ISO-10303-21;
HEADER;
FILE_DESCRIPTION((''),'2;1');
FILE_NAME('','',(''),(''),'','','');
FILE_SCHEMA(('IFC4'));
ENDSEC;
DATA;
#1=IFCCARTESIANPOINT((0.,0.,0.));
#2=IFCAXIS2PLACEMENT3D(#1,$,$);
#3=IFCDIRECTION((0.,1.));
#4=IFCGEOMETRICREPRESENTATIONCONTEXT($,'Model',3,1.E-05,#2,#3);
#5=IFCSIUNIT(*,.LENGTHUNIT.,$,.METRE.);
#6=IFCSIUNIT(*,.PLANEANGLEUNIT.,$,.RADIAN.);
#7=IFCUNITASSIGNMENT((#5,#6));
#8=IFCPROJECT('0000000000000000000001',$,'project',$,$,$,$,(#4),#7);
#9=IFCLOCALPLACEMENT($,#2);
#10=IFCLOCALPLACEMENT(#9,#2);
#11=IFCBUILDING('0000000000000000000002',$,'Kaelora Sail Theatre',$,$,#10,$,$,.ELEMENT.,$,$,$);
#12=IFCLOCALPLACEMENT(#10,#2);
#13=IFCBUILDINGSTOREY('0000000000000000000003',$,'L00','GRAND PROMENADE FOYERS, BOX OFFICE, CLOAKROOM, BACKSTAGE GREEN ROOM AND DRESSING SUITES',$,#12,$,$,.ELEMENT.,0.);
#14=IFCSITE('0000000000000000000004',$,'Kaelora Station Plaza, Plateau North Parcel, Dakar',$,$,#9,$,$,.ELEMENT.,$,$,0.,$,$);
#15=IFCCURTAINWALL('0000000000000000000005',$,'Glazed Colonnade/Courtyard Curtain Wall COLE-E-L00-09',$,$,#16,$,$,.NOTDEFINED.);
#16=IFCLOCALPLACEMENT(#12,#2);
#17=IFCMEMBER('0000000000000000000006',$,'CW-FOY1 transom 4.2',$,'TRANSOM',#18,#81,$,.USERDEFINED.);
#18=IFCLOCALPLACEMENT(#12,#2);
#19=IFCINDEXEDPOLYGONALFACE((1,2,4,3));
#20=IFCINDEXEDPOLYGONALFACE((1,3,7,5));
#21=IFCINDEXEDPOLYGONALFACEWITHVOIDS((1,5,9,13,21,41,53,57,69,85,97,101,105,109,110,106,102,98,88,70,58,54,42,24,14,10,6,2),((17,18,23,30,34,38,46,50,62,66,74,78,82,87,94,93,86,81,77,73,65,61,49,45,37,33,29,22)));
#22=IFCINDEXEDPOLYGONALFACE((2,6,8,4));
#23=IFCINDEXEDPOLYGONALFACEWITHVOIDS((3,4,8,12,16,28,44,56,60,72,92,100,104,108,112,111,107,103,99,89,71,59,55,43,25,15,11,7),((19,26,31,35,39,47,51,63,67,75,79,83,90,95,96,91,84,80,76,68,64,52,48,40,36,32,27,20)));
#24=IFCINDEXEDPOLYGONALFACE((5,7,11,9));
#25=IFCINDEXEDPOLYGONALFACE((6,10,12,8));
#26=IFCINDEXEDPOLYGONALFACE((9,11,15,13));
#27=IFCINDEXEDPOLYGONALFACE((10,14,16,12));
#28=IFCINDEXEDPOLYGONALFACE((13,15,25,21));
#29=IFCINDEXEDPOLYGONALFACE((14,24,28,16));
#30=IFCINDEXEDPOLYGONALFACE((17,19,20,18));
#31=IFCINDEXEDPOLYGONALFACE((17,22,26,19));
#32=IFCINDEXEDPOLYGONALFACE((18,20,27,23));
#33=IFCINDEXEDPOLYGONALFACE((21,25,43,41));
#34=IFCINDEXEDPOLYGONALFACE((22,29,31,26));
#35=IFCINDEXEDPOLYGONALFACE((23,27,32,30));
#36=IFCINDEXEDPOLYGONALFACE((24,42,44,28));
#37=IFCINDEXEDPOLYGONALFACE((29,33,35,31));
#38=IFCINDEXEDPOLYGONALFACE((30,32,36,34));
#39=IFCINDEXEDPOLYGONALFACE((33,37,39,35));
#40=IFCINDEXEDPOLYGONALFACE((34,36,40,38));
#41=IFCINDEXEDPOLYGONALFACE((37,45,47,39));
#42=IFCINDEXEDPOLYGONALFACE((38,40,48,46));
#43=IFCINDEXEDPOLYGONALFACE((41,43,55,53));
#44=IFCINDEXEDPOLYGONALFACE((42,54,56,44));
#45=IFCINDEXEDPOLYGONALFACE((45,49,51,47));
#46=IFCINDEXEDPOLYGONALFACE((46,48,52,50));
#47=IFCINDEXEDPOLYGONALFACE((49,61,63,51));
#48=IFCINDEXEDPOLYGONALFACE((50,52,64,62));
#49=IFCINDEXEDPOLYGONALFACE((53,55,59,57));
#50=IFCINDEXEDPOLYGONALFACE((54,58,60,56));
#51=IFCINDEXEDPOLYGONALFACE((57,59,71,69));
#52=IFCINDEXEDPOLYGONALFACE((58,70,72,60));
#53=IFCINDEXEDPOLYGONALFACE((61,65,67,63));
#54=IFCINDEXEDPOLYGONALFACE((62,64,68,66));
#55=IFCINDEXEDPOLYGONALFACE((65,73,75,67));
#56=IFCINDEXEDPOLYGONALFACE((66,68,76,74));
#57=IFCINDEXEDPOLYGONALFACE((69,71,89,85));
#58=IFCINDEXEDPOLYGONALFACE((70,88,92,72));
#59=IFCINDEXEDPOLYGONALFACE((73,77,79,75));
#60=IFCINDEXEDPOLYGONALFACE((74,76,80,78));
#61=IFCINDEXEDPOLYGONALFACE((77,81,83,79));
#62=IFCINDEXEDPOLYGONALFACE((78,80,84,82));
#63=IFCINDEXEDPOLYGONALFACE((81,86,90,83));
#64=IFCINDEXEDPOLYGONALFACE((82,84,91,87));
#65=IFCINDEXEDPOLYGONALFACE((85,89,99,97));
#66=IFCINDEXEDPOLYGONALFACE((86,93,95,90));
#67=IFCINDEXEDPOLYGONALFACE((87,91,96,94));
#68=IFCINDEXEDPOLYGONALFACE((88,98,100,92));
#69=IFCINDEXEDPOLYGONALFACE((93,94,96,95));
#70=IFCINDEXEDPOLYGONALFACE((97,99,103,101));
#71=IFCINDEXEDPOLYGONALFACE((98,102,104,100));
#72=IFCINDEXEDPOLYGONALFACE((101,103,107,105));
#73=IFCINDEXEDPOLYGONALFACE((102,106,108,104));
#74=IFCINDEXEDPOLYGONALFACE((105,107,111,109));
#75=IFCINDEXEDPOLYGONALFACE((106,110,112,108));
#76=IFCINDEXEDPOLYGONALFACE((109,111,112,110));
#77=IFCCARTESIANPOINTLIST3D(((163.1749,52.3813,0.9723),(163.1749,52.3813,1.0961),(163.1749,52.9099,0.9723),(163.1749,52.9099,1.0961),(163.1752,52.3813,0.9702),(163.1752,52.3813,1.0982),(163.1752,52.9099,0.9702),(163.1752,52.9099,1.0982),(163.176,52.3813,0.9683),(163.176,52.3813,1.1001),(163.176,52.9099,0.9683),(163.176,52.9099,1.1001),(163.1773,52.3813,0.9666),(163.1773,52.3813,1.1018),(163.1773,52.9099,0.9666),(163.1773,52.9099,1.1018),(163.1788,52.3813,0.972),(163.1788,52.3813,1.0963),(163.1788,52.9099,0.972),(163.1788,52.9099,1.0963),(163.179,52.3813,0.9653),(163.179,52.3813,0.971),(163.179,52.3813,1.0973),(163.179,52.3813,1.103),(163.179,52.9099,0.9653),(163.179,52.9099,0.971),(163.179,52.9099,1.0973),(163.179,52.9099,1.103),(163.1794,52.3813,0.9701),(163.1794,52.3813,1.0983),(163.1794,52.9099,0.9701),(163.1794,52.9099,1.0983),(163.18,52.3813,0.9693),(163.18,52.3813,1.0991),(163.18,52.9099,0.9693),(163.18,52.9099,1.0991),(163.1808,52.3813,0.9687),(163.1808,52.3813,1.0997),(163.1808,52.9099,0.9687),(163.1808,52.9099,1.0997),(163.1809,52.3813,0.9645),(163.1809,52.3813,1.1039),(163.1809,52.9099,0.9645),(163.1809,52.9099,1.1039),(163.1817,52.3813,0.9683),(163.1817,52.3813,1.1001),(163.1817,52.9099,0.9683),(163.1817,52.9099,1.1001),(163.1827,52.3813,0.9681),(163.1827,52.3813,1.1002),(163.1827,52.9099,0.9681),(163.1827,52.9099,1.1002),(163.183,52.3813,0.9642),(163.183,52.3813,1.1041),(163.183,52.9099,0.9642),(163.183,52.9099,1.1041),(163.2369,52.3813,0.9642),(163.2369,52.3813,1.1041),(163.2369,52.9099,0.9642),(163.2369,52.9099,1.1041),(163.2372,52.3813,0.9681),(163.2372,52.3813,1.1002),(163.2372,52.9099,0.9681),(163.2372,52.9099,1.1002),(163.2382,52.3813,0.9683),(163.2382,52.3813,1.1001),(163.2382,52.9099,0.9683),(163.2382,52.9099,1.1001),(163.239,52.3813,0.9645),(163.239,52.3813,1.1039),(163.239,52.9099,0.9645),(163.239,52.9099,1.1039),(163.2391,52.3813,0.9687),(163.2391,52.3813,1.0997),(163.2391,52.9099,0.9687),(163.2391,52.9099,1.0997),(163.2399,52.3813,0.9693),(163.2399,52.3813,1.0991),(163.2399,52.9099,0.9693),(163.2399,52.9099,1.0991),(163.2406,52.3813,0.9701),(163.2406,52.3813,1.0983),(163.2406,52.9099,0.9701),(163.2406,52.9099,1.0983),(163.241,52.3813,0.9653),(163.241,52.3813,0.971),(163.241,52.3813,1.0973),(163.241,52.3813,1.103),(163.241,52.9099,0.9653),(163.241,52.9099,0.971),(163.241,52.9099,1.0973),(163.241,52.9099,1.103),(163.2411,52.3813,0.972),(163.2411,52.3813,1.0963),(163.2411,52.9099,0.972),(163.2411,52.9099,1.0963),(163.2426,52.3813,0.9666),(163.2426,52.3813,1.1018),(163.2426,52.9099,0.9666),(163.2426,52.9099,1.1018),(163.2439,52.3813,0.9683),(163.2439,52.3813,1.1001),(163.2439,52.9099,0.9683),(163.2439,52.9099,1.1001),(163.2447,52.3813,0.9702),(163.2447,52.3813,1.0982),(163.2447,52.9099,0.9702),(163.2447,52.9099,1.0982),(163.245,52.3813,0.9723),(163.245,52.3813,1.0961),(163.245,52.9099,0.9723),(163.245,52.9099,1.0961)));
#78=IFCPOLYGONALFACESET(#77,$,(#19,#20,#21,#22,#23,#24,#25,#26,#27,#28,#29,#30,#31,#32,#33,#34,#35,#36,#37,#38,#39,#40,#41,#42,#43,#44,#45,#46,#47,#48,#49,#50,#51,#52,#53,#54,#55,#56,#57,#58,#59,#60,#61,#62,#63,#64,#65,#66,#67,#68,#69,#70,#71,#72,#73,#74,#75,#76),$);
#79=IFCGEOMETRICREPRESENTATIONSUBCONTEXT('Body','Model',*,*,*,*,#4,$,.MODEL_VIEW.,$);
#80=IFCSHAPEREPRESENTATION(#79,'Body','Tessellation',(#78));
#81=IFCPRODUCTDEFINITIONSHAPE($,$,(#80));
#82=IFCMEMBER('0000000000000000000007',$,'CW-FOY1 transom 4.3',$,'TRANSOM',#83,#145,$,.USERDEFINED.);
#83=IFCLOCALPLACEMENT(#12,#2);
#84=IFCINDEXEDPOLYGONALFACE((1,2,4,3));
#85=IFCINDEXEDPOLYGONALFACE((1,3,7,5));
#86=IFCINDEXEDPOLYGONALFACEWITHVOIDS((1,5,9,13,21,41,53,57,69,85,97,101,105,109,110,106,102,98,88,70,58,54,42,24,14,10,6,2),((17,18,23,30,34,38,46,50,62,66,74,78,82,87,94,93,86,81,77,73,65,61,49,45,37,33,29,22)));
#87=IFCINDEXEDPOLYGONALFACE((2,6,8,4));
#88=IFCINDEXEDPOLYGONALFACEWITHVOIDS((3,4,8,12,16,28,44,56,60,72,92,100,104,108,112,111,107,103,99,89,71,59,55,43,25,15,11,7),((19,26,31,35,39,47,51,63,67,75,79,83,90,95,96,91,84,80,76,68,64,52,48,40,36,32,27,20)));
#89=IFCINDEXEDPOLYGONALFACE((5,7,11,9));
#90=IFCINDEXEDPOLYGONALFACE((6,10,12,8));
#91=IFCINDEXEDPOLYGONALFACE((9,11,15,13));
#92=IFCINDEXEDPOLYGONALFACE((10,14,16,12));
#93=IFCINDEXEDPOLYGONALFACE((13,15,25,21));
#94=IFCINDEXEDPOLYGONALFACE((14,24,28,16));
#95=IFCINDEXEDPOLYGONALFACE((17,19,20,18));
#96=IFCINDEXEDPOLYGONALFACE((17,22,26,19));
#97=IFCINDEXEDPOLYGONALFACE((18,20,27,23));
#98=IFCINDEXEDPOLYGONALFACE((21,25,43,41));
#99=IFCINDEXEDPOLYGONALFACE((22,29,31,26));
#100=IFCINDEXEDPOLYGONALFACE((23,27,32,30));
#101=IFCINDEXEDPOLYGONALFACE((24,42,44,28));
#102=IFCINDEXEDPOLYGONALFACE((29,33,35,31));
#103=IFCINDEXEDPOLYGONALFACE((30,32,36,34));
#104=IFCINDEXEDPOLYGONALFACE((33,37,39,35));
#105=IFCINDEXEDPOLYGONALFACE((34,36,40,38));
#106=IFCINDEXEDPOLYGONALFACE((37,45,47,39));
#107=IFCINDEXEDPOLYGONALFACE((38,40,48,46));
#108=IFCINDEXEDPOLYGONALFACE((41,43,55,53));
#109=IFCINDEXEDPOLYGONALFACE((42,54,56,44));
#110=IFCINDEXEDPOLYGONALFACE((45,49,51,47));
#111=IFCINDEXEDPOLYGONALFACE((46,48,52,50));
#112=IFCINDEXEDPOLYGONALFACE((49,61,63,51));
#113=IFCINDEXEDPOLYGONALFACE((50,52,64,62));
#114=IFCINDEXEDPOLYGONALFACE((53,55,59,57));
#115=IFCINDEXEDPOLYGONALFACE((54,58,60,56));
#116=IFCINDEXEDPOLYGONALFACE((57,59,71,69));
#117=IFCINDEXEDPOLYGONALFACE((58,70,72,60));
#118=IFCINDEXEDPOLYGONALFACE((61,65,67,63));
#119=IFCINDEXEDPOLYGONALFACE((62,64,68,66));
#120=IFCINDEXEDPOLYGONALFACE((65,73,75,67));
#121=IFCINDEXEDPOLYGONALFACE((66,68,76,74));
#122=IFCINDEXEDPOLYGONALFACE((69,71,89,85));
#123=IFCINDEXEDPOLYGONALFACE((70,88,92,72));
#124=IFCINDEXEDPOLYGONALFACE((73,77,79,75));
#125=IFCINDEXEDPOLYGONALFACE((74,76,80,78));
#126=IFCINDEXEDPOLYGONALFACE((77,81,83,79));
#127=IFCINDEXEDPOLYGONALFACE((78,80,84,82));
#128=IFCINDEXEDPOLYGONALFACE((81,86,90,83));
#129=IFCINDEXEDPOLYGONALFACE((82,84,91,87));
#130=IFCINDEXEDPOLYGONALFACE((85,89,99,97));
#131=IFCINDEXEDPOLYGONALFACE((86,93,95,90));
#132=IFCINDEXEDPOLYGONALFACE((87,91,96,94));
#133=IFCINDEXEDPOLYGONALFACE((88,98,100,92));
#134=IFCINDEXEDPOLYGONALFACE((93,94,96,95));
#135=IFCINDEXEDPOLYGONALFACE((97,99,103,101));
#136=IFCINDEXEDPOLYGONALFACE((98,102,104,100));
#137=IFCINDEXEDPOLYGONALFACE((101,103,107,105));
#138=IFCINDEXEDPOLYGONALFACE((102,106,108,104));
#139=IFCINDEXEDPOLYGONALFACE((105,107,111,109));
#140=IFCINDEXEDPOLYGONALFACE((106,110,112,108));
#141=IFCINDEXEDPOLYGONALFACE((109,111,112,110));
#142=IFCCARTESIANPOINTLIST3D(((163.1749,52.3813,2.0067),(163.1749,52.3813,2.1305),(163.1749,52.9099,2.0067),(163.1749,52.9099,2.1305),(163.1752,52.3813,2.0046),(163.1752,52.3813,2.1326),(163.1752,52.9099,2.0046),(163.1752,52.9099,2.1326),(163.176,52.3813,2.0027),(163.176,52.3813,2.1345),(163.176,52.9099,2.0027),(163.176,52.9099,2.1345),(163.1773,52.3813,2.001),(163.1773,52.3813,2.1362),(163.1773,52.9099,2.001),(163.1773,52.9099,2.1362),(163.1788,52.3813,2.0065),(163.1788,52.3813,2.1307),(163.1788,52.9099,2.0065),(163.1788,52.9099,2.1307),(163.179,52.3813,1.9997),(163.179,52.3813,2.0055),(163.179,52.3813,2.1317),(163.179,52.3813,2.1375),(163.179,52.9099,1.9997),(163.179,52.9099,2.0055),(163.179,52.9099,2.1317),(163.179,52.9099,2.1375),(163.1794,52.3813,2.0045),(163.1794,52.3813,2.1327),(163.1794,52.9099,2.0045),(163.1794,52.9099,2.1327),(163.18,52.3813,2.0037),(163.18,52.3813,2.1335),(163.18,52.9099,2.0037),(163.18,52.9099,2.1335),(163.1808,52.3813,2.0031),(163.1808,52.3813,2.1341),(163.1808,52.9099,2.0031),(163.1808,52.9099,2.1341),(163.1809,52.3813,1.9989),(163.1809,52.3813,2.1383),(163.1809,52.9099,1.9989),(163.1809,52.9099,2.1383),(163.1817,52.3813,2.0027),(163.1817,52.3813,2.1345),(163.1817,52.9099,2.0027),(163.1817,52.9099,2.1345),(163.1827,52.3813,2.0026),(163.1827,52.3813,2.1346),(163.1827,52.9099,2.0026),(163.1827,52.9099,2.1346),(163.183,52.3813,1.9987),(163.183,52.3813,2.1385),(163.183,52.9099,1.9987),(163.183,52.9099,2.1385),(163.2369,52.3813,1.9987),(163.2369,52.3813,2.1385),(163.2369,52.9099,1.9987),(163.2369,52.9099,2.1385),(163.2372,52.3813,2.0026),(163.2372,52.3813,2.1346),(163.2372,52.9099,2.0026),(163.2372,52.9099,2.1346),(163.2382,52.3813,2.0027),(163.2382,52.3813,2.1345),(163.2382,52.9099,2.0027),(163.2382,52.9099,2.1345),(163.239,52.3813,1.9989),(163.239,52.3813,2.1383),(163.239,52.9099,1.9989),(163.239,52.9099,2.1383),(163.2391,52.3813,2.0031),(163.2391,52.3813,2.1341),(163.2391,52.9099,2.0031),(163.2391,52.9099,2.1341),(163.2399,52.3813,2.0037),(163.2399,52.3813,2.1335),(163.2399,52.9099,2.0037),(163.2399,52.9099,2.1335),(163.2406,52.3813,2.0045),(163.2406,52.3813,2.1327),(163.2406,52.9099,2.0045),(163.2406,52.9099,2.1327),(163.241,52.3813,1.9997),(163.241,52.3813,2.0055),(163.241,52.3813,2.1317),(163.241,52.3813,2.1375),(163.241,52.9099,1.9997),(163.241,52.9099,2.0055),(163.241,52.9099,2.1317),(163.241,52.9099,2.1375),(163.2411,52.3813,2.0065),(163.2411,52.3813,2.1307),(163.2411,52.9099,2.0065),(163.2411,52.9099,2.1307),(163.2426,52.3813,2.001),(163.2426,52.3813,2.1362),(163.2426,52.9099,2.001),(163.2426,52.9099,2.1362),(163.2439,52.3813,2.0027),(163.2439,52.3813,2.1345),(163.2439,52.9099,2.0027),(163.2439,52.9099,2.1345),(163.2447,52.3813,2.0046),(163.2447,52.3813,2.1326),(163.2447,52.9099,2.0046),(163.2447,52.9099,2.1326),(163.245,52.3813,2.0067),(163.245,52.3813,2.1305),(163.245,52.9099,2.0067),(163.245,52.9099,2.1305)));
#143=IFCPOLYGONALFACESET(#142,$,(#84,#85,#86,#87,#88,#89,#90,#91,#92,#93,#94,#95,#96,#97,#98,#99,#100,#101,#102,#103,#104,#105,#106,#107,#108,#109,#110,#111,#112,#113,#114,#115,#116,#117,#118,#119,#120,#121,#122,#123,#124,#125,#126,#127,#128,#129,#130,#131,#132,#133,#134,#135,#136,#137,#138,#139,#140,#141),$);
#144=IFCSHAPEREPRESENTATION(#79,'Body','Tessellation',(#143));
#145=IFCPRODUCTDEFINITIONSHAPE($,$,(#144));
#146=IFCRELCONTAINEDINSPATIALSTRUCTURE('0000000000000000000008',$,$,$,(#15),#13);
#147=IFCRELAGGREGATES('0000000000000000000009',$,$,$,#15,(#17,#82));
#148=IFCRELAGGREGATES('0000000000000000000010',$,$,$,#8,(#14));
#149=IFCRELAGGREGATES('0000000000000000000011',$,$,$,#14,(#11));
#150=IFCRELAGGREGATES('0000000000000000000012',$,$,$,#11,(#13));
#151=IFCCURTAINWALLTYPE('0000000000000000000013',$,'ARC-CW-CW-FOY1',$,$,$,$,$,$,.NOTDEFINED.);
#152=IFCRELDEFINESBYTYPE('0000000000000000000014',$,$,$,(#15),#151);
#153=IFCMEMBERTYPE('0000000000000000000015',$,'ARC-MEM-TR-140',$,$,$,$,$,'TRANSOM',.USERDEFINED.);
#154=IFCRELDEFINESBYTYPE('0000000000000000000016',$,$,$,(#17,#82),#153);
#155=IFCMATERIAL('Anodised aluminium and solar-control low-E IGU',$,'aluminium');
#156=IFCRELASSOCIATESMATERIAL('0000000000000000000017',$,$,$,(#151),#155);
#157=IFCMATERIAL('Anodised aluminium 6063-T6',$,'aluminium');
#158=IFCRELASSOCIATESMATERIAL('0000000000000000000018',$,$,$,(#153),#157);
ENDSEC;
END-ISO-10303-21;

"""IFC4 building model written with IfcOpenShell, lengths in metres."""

from ifc_helpers import new_model, si_unit, direction, frame, origin, origin_2d, place, context, subcontext, project, spatial, hollow_rectangle, extrude, material, material_profile, profile_set, type_object, element, aggregate, save


model = new_model("IFC4")

# Units and contexts
model_context = context("Model", 3, precision=1e-05, world=origin(), true_north=direction((0.0, 1.0)))
body_context = subcontext(model_context, "Body", "Model", "MODEL_VIEW")
ifc_project = project(units=[si_unit("LENGTHUNIT", "METRE"), si_unit("PLANEANGLEUNIT", "RADIAN")], contexts=[model_context])

# Site, building, storey
site_placement = place(None, origin())
site = spatial("IfcSite", under=ifc_project, at=site_placement, Name="Kaelora Station Plaza, Plateau North Parcel, Dakar", CompositionType="ELEMENT", RefElevation=0.0)
building_placement = place(site_placement, origin())
building = spatial("IfcBuilding", under=site, at=building_placement, Name="Kaelora Sail Theatre", CompositionType="ELEMENT")
storey_placement = place(building_placement, origin())
storey = spatial("IfcBuildingStorey", under=building, at=storey_placement, Name="L00", Description="GRAND PROMENADE FOYERS, BOX OFFICE, CLOAKROOM, BACKSTAGE GREEN ROOM AND DRESSING SUITES", CompositionType="ELEMENT", Elevation=0.0)

# Curtain wall, members
ifc_material_1 = material(Name="Anodised aluminium and solar-control low-E IGU", Category="aluminium")
curtain_wall_type = type_object("IfcCurtainWallType", Name="ARC-CW-CW-FOY1", PredefinedType="NOTDEFINED", material=ifc_material_1)
curtain_wall_placement = place(storey_placement, origin())
curtain_wall = element("IfcCurtainWall", 1, at=curtain_wall_placement, inside=storey, type_object=curtain_wall_type, Name="Glazed Colonnade/Courtyard Curtain Wall COLE-E-L00-09", PredefinedType="NOTDEFINED")
ifc_material_2 = material(Name="Anodised aluminium 6063-T6", Category="aluminium")
ifc_material_profile_1 = material_profile(ifc_material_2, hollow_rectangle(XDim=0.0701, YDim=0.1399, WallThickness=0.0039, InnerFilletRadius=0.0039, OuterFilletRadius=0.0081, at=origin_2d()), Name="ALU-TRAN 70x140x4")
ifc_profile_set_1 = profile_set([ifc_material_profile_1], Name="Anodised aluminium 6063-T6")
member_type_1 = type_object("IfcMemberType", Name="ARC-MEM-TR-140", ElementType="TRANSOM", PredefinedType="USERDEFINED", material=ifc_profile_set_1)
member_1_placement = place(storey_placement, frame((163.21, 52.3813, 1.0342), z_axis=(0.0, 1.0, 0.0), x_axis=(-1.0, 0.0, 0.0)))
member_1 = element("IfcMember", 2, at=member_1_placement, type_object=member_type_1, Name="CW-FOY1 transom 4.2", ObjectType="TRANSOM", PredefinedType="USERDEFINED", context=body_context, shape_type="SweptSolid", body=[
    extrude(hollow_rectangle(XDim=0.0701, YDim=0.1399, WallThickness=0.0039, InnerFilletRadius=0.0039, OuterFilletRadius=0.0081, at=origin_2d()), origin(), (0.0, 0.0, 1.0), 0.5286),
])
member_2_placement = place(storey_placement, frame((163.21, 52.3813, 2.0686), z_axis=(0.0, 1.0, 0.0), x_axis=(-1.0, 0.0, 0.0)))
member_2 = element("IfcMember", 3, at=member_2_placement, type_object=member_type_1, Name="CW-FOY1 transom 4.3", ObjectType="TRANSOM", PredefinedType="USERDEFINED", context=body_context, shape_type="SweptSolid", body=[
    extrude(hollow_rectangle(XDim=0.0701, YDim=0.1399, WallThickness=0.0039, InnerFilletRadius=0.0039, OuterFilletRadius=0.0081, at=origin_2d()), origin(), (0.0, 0.0, 1.0), 0.5286),
])

aggregate(curtain_wall, [member_1, member_2])

save(model, "model.ifc")
